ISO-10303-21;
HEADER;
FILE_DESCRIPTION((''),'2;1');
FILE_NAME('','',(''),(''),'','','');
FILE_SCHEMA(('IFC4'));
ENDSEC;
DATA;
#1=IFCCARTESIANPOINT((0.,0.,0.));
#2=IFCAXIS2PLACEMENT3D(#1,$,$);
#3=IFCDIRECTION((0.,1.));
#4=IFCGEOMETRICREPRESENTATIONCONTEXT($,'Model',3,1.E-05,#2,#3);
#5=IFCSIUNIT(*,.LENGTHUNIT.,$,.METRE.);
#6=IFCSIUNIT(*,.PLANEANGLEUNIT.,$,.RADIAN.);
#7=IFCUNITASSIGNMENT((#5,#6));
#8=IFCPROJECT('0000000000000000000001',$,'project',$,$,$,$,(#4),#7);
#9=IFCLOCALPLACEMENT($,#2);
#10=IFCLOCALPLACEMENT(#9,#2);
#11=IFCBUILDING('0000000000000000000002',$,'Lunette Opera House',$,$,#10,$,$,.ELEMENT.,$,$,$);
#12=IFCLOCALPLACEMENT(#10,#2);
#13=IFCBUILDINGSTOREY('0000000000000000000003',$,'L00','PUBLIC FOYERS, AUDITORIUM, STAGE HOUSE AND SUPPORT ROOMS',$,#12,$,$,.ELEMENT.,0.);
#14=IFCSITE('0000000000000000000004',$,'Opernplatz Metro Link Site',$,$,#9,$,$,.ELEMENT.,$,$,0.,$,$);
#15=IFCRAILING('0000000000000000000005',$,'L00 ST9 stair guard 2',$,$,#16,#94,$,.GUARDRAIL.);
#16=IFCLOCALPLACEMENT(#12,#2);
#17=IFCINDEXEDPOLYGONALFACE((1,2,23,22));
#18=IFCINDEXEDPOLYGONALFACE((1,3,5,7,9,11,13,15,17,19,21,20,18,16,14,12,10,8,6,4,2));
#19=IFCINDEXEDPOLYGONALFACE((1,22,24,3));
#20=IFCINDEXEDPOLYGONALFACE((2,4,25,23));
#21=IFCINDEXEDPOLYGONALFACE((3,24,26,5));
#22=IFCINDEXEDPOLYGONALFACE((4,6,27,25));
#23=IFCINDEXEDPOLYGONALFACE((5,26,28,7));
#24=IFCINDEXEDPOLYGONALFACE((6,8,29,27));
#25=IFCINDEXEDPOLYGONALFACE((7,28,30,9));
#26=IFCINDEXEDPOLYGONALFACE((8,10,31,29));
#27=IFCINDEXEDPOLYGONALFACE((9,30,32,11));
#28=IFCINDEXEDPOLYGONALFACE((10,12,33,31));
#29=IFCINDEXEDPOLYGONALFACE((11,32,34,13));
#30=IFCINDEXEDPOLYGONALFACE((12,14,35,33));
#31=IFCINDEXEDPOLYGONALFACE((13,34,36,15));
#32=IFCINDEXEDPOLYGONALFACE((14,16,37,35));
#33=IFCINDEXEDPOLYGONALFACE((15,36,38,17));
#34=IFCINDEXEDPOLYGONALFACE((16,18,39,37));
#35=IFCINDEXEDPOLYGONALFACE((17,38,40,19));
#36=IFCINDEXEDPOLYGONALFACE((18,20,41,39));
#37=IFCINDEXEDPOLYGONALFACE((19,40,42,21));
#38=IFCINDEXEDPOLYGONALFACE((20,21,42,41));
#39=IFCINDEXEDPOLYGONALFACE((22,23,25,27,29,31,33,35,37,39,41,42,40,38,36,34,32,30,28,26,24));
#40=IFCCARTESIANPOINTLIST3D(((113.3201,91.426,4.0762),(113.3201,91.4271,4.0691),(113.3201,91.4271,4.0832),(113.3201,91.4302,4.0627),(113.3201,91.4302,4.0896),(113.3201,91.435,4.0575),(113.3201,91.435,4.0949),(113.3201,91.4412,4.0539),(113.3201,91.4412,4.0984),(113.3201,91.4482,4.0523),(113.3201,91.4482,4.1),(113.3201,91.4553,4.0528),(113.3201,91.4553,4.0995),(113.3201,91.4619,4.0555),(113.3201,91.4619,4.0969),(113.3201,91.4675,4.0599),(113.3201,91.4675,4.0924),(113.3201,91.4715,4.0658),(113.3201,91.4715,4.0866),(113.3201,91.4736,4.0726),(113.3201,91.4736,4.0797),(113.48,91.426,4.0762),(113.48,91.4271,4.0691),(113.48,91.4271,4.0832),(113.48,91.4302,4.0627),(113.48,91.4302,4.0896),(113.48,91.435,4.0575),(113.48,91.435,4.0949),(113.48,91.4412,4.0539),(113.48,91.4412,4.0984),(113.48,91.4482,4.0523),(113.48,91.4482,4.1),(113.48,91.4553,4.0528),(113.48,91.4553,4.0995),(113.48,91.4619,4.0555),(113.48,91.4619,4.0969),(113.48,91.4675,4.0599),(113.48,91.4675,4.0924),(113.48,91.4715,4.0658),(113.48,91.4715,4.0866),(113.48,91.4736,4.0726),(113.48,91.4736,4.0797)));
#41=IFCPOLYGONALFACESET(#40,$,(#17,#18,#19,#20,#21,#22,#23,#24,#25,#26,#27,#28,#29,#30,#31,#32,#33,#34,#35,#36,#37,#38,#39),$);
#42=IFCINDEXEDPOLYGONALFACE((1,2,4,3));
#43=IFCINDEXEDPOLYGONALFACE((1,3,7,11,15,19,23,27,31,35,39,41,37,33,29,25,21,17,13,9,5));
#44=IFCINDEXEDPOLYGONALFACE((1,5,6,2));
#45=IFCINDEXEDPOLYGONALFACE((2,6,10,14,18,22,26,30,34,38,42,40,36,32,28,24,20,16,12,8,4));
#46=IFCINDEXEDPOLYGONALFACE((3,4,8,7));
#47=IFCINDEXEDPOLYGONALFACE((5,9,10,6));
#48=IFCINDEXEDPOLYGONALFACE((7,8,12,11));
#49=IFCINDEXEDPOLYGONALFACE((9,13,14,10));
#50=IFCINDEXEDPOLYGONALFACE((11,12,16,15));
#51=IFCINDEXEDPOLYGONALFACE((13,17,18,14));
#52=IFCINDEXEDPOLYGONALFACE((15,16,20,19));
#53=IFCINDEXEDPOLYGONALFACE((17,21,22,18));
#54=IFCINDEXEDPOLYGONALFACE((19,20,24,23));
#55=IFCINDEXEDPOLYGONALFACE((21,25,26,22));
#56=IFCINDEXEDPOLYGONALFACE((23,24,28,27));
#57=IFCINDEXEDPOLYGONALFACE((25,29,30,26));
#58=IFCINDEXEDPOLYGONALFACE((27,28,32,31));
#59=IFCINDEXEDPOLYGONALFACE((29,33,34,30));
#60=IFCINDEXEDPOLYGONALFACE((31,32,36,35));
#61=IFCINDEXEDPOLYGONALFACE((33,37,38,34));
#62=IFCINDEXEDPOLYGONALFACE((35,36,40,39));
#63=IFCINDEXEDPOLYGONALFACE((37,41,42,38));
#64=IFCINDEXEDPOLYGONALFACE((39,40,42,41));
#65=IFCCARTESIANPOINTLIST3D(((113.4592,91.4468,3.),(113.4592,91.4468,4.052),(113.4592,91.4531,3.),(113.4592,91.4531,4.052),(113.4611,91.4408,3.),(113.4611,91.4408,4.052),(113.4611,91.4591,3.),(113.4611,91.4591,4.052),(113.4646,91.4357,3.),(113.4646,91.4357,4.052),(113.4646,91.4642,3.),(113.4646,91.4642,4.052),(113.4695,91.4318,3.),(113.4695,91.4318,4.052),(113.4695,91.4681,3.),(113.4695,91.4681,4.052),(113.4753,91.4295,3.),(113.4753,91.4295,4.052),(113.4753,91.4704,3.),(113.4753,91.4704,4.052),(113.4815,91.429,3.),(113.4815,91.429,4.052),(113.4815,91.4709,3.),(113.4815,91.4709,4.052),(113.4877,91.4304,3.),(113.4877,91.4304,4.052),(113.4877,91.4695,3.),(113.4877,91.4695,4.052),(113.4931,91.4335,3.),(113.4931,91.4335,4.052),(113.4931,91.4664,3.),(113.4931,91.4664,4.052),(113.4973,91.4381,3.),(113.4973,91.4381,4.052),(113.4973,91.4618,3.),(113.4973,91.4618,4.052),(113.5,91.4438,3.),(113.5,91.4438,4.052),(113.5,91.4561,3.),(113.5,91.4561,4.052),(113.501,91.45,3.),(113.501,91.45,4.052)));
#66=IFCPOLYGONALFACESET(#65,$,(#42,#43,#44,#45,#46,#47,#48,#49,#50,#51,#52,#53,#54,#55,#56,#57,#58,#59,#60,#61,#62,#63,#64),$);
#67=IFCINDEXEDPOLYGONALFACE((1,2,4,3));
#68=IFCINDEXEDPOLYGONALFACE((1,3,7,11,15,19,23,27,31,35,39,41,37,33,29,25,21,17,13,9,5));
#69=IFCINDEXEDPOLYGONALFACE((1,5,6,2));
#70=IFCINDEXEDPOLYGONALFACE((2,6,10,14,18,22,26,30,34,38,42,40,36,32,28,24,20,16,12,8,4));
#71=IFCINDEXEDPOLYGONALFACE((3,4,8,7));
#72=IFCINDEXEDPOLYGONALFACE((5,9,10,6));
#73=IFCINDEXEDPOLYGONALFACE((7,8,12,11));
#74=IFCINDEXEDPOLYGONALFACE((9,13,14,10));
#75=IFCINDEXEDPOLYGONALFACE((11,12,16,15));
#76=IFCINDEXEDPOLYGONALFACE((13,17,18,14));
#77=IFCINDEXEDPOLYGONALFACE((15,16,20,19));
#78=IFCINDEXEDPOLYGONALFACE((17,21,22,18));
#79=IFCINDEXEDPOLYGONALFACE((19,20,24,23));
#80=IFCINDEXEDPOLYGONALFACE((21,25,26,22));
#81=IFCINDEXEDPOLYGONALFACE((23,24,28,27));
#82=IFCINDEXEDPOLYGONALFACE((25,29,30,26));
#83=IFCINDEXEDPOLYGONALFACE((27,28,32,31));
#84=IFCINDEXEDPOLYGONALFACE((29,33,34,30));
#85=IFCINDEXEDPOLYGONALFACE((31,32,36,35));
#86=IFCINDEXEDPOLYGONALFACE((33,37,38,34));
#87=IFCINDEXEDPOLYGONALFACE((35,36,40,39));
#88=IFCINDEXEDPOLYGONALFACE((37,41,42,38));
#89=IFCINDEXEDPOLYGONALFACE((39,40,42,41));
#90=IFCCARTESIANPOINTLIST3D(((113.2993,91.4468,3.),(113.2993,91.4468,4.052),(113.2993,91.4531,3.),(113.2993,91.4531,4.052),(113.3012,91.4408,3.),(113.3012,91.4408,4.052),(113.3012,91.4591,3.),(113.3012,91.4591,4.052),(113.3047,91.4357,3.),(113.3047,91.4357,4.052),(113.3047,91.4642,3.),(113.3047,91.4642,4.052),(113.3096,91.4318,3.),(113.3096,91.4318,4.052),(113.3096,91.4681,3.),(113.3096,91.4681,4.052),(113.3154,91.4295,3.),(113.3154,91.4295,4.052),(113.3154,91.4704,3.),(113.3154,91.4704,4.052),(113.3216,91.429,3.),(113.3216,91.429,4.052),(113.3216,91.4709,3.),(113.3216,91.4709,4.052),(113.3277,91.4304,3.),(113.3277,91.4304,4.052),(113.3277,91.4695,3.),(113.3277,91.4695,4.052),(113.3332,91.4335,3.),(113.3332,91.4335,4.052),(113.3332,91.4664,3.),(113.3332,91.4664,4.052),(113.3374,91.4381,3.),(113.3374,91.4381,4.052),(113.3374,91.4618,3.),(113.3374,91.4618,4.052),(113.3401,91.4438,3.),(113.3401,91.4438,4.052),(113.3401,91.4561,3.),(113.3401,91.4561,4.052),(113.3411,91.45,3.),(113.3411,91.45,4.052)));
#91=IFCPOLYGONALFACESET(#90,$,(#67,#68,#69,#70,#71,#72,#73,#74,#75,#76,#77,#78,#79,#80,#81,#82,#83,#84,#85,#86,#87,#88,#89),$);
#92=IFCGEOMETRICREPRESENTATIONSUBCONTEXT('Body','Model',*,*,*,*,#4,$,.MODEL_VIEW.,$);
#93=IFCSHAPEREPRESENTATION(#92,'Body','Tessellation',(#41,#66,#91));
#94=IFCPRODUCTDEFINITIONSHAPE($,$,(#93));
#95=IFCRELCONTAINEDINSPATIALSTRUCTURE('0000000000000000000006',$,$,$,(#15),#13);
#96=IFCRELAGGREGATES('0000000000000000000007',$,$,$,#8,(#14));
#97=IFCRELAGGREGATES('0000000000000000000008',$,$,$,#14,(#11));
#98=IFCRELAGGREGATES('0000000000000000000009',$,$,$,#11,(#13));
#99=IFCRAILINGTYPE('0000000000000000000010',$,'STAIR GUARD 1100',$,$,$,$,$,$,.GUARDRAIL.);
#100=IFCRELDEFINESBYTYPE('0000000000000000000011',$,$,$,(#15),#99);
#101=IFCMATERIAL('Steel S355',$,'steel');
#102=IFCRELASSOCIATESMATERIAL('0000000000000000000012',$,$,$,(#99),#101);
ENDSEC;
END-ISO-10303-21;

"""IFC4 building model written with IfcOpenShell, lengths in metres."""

from ifc_helpers import new_model, si_unit, direction, frame, origin, origin_2d, place, context, subcontext, project, spatial, circle, extrude, material, type_object, element, save


model = new_model("IFC4")

# Units and contexts
model_context = context("Model", 3, precision=1e-05, world=origin(), true_north=direction((0.0, 1.0)))
body_context = subcontext(model_context, "Body", "Model", "MODEL_VIEW")
ifc_project = project(units=[si_unit("LENGTHUNIT", "METRE"), si_unit("PLANEANGLEUNIT", "RADIAN")], contexts=[model_context])

# Site, building, storey
site_placement = place(None, origin())
site = spatial("IfcSite", under=ifc_project, at=site_placement, Name="Opernplatz Metro Link Site", CompositionType="ELEMENT", RefElevation=0.0)
building_placement = place(site_placement, origin())
building = spatial("IfcBuilding", under=site, at=building_placement, Name="Lunette Opera House", CompositionType="ELEMENT")
storey_placement = place(building_placement, origin())
storey = spatial("IfcBuildingStorey", under=building, at=storey_placement, Name="L00", Description="PUBLIC FOYERS, AUDITORIUM, STAGE HOUSE AND SUPPORT ROOMS", CompositionType="ELEMENT", Elevation=0.0)

# Railing
ifc_material_1 = material(Name="Steel S355", Category="steel")
railing_type_1 = type_object("IfcRailingType", Name="STAIR GUARD 1100", PredefinedType="GUARDRAIL", material=ifc_material_1)
railing_1_placement = place(storey_placement, frame((113.48, 91.45, 3.0)))
element("IfcRailing", 1, at=railing_1_placement, inside=storey, type_object=railing_type_1, Name="L00 ST9 stair guard 2", PredefinedType="GUARDRAIL", context=body_context, shape_type="SweptSolid", body=[
    extrude(circle(Radius=0.0239, at=origin_2d()), frame((0.0, 0.0, 1.0762), z_axis=(-1.0, 0.0, 0.0), x_axis=(0.0, -1.0, 0.0)), (0.0, 0.0, 1.0), 0.1599),
    extrude(circle(Radius=0.021, at=origin_2d()), origin(), (0.0, 0.0, 1.0), 1.052),
    extrude(circle(Radius=0.021, at=origin_2d()), frame((-0.1599, 0.0, 0.0)), (0.0, 0.0, 1.0), 1.052),
])

save(model, "model.ifc")
